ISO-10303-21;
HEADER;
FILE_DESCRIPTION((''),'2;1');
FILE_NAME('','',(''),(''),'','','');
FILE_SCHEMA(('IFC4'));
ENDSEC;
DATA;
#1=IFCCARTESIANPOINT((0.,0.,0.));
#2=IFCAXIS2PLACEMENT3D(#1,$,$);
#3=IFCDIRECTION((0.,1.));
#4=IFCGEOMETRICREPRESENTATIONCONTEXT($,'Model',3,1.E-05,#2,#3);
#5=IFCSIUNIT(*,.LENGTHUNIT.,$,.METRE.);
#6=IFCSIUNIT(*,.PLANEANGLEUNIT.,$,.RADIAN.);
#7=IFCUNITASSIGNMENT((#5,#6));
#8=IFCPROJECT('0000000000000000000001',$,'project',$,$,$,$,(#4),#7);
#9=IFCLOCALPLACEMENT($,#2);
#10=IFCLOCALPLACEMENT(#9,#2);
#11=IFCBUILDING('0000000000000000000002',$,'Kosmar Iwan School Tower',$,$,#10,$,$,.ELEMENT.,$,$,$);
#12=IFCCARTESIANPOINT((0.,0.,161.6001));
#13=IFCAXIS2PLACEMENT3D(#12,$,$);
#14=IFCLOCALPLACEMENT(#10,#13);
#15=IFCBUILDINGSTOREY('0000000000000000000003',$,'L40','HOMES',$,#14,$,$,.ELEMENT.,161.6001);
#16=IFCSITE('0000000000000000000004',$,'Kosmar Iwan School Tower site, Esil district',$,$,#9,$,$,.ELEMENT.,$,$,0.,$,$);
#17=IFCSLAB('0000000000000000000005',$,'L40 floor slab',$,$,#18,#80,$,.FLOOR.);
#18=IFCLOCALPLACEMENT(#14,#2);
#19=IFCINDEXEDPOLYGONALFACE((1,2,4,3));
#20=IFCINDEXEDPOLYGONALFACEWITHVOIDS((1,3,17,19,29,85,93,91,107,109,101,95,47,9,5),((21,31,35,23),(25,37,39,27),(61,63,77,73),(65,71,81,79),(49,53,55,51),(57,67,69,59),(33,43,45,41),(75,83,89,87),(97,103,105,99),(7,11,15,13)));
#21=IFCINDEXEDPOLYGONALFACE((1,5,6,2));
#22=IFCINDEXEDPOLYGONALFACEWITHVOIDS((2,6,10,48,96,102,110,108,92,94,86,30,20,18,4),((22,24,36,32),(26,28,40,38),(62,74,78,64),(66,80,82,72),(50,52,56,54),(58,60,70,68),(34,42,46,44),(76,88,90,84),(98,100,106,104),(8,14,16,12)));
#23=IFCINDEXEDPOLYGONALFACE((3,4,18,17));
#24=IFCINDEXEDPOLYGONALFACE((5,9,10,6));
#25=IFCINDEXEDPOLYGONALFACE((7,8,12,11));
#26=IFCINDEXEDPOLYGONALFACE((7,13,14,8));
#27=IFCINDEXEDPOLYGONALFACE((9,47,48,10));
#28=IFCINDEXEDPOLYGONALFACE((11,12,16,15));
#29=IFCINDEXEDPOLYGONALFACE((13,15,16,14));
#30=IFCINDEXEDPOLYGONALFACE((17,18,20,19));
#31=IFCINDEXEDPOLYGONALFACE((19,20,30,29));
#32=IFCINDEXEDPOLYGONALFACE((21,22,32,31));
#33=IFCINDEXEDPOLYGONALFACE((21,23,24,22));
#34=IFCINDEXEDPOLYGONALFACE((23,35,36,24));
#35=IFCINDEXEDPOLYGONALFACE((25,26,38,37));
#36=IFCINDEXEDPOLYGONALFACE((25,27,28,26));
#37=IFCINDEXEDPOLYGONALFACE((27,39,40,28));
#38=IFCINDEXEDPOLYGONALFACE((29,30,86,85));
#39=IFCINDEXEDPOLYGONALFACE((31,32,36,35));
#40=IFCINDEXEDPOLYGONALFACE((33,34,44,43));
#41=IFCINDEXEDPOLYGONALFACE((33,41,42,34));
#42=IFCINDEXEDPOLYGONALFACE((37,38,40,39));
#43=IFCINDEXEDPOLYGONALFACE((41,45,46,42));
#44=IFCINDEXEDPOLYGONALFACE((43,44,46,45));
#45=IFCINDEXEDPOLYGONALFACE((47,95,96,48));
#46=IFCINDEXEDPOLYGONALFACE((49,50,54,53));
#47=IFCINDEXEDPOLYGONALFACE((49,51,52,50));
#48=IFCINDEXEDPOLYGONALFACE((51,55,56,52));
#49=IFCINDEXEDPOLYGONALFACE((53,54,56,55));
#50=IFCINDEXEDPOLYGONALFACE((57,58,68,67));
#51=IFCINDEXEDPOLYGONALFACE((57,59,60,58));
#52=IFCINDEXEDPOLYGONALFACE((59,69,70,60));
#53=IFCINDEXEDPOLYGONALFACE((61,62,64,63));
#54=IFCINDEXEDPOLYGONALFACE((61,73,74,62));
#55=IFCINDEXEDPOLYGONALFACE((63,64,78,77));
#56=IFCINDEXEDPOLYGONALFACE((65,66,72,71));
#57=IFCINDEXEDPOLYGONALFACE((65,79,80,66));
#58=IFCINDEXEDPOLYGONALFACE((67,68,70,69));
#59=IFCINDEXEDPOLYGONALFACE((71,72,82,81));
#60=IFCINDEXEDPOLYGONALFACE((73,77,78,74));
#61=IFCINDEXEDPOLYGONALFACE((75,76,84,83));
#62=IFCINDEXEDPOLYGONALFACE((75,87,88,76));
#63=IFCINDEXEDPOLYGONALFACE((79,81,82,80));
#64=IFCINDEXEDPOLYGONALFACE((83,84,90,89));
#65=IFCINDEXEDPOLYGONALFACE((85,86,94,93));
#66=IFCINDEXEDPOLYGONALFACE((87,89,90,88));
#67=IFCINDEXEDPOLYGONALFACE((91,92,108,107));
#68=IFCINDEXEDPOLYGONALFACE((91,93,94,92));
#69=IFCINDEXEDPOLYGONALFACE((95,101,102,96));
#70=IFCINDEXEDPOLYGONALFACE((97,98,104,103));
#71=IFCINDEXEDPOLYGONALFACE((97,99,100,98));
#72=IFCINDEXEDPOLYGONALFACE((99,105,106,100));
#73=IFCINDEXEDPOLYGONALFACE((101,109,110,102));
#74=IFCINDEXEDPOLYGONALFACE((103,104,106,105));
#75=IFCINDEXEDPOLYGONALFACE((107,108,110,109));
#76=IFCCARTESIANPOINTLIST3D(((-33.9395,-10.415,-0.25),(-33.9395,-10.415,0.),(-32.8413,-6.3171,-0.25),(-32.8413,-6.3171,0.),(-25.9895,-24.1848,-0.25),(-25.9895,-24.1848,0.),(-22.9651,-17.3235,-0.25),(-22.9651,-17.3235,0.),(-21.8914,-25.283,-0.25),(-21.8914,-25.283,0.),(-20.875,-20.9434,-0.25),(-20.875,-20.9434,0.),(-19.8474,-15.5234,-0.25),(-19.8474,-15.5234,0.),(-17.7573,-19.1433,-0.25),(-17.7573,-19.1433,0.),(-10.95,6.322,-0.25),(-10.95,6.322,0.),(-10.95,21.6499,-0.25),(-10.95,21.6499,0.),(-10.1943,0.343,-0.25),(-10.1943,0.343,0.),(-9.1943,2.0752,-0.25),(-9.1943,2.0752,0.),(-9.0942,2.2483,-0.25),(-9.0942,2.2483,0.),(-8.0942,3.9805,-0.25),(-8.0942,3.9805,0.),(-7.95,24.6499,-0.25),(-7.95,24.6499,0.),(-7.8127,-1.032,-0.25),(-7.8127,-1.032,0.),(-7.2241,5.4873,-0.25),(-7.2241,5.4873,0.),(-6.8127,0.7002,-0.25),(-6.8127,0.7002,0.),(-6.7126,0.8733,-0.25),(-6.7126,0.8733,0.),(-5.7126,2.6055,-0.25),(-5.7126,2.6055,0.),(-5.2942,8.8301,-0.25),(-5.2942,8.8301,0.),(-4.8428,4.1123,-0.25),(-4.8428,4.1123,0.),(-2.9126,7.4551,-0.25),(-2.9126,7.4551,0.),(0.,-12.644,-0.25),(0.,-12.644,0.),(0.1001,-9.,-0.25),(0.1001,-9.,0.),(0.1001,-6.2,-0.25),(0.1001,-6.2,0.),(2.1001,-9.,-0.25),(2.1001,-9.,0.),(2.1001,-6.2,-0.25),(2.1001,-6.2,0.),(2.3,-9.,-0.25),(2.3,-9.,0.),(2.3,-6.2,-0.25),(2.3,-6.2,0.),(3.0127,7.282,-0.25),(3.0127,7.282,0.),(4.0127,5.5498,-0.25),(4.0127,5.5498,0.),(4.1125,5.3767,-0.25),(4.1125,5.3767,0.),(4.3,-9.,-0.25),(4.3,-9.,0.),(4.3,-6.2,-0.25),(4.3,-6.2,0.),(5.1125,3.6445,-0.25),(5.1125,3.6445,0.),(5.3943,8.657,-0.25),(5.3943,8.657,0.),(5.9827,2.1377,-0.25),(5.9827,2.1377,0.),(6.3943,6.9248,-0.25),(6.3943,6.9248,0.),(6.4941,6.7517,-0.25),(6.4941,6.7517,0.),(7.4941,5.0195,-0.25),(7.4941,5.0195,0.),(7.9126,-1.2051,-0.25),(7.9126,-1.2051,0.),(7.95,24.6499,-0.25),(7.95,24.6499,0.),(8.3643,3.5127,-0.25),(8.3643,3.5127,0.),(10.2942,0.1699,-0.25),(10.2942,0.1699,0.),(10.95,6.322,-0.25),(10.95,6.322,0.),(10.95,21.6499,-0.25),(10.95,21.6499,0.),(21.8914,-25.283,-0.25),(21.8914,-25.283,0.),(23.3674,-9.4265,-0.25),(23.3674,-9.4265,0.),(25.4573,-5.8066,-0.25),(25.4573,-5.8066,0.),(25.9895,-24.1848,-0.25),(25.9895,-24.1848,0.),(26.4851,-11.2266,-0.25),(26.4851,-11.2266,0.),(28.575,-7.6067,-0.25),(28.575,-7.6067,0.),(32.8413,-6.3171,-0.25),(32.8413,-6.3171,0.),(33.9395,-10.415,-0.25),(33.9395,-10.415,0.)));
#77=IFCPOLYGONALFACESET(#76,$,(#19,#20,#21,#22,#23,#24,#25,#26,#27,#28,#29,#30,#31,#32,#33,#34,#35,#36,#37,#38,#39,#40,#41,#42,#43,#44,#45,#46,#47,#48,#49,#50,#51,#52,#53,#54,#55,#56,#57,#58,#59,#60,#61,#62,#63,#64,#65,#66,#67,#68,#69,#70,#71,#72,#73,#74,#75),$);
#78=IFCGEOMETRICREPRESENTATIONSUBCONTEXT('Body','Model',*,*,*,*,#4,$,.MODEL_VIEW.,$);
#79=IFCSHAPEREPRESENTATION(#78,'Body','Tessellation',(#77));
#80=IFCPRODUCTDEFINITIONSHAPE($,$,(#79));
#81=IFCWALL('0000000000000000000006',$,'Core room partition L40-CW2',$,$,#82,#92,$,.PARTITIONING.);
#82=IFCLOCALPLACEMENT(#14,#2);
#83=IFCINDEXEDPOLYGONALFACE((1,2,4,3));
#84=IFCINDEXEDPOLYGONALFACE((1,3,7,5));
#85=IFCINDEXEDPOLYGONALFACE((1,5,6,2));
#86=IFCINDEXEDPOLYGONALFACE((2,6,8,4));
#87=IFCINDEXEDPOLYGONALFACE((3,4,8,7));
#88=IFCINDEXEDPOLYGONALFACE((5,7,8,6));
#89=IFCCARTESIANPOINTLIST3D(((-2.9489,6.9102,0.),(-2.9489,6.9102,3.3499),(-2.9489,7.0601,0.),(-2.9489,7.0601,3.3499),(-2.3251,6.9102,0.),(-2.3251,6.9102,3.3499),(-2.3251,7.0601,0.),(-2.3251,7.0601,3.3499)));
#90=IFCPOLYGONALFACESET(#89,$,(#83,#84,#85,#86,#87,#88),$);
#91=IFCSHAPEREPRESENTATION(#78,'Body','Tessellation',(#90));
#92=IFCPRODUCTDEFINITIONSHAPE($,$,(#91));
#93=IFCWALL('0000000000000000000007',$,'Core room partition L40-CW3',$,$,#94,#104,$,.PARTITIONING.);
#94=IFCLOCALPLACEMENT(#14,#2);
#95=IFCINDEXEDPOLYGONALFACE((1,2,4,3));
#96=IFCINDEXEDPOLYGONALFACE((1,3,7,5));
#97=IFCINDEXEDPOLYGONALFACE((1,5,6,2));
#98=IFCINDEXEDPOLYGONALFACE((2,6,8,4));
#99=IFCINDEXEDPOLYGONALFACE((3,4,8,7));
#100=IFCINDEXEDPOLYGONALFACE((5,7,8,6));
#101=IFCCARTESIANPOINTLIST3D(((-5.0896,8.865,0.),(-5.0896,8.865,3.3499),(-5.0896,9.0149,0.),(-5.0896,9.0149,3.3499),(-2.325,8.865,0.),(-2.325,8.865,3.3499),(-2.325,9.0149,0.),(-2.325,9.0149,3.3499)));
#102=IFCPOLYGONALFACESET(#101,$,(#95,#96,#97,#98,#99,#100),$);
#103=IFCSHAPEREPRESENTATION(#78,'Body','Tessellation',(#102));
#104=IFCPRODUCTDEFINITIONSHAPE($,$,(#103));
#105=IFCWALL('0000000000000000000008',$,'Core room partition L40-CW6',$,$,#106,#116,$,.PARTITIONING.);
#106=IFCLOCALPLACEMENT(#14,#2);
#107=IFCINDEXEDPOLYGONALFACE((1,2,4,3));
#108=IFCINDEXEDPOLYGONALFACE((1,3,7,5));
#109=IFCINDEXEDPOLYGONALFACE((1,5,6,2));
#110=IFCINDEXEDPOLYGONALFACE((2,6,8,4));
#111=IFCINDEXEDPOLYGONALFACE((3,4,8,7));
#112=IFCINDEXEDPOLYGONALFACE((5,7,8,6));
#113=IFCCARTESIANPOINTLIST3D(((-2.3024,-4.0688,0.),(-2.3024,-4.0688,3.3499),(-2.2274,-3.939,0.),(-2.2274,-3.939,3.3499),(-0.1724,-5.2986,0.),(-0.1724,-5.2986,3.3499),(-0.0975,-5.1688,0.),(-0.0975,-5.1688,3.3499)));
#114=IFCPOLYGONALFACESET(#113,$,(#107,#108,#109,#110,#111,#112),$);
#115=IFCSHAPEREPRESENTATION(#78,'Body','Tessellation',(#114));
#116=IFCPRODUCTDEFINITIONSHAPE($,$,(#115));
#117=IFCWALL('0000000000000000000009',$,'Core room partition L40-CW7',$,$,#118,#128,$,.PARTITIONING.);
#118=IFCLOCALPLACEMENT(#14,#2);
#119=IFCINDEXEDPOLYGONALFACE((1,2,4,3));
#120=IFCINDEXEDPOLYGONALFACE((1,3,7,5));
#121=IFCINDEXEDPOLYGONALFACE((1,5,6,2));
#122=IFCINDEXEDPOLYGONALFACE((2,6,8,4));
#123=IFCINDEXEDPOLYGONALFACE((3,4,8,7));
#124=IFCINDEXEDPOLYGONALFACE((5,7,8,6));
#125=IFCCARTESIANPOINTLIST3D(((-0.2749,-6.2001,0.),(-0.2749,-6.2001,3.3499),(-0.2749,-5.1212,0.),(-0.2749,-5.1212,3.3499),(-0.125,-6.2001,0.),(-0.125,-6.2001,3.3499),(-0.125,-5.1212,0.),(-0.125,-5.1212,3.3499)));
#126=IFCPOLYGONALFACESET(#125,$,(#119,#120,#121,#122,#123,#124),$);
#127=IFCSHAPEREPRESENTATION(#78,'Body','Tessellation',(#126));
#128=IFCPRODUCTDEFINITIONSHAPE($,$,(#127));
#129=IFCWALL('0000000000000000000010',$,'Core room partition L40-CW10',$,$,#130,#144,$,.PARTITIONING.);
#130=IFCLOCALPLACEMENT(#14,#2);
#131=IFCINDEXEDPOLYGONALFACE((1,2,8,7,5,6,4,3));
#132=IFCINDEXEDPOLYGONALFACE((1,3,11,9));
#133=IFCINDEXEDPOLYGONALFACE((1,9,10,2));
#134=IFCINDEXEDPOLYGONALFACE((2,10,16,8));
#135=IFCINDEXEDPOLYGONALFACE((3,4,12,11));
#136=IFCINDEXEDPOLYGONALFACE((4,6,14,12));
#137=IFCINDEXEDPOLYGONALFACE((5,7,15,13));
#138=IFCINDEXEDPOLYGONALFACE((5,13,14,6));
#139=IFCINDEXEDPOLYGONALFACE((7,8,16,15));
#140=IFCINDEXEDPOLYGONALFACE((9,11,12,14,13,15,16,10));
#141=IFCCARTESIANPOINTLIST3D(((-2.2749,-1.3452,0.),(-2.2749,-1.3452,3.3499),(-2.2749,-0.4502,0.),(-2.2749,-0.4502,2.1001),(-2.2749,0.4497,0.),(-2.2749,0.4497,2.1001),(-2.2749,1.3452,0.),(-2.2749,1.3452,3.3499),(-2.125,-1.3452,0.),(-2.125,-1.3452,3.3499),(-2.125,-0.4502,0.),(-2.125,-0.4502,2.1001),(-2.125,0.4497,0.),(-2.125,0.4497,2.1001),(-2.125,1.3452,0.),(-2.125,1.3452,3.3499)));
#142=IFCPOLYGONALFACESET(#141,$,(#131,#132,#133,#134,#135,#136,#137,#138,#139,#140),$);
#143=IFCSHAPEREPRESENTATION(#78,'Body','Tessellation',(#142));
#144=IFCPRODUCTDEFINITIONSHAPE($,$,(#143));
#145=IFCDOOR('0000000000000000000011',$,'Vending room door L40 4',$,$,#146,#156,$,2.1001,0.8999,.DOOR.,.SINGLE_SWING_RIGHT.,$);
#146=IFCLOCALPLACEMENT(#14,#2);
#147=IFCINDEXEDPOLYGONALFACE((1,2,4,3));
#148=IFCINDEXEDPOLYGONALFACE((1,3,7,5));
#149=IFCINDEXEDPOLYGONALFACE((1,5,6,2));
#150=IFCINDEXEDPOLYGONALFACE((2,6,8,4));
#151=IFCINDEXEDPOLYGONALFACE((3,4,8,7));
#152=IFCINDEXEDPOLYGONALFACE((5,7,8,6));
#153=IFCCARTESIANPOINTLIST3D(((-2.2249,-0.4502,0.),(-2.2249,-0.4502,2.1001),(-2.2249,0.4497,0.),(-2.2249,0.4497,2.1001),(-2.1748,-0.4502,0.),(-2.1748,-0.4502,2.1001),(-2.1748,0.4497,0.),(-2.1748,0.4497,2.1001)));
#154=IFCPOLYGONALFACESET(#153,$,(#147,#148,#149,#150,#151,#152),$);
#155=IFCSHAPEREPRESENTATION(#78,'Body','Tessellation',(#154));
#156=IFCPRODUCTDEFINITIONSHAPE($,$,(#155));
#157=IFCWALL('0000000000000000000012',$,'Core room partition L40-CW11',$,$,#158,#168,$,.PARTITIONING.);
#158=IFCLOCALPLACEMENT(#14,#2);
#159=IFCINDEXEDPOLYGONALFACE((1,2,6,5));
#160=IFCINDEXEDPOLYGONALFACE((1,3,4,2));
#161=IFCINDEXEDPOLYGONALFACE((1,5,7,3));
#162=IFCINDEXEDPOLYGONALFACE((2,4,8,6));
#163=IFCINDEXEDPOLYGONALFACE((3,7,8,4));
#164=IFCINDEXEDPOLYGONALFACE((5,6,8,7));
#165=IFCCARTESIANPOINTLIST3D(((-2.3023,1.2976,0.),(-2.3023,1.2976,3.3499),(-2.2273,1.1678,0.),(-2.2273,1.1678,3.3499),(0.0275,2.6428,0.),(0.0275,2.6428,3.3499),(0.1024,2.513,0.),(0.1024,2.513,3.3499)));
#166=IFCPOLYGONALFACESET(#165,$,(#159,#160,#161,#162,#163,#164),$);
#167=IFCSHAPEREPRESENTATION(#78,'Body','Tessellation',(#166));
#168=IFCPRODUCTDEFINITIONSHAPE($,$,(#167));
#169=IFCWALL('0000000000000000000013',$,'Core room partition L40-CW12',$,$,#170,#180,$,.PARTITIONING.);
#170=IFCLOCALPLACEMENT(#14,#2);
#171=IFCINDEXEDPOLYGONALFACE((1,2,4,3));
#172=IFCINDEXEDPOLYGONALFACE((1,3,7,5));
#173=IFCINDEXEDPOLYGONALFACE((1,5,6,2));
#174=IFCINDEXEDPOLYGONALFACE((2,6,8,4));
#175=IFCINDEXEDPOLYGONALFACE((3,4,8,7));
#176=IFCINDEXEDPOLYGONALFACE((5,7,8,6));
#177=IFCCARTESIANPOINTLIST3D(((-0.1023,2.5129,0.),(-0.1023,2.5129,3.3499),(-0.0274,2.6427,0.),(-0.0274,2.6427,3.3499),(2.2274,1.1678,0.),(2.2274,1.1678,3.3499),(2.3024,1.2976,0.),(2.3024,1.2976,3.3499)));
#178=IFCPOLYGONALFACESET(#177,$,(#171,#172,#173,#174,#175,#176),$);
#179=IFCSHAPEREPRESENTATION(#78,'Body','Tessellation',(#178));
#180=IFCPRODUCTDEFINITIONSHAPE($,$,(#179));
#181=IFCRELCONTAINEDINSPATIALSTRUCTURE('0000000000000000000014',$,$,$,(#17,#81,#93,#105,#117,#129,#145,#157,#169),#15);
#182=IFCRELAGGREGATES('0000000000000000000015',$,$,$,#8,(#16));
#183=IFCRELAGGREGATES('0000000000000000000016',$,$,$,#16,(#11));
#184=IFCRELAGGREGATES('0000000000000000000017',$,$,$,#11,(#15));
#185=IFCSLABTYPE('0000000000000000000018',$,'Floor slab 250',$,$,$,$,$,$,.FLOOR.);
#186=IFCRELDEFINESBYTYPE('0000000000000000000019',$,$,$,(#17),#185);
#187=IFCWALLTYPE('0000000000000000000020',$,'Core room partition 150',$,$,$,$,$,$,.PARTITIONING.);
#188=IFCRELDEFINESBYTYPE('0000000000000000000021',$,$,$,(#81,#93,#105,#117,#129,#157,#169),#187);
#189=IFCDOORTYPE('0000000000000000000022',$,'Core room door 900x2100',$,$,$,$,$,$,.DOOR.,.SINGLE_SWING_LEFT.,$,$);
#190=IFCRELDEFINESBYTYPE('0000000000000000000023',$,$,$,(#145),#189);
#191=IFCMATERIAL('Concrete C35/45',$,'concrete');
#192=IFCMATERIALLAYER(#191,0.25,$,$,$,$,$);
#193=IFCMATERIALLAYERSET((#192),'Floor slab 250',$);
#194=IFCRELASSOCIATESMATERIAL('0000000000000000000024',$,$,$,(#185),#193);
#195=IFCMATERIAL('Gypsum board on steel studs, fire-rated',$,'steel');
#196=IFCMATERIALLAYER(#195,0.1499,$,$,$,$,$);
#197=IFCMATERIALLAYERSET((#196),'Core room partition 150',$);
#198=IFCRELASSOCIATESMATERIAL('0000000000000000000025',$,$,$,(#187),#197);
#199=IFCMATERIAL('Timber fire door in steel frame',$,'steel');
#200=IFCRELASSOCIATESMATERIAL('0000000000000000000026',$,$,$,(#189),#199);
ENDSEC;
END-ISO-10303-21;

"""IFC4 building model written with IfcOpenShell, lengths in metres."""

from ifc_helpers import new_model, si_unit, direction, frame, frame_2d, origin, place, context, subcontext, project, spatial, polyline, rectangle, outline, extrude, material, layer, layer_set, type_object, element, fill, save


model = new_model("IFC4")

# Units and contexts
model_context = context("Model", 3, precision=1e-05, world=origin(), true_north=direction((0.0, 1.0)))
body_context = subcontext(model_context, "Body", "Model", "MODEL_VIEW")
ifc_project = project(units=[si_unit("LENGTHUNIT", "METRE"), si_unit("PLANEANGLEUNIT", "RADIAN")], contexts=[model_context])

# Site, building, storey
site_placement = place(None, origin())
site = spatial("IfcSite", under=ifc_project, at=site_placement, Name="Kosmar Iwan School Tower site, Esil district", CompositionType="ELEMENT", RefElevation=0.0)
building_placement = place(site_placement, origin())
building = spatial("IfcBuilding", under=site, at=building_placement, Name="Kosmar Iwan School Tower", CompositionType="ELEMENT")
storey_placement = place(building_placement, frame((0.0, 0.0, 161.6001)))
storey = spatial("IfcBuildingStorey", under=building, at=storey_placement, Name="L40", Description="HOMES", CompositionType="ELEMENT", Elevation=161.6001)

# Slab
ifc_material_1 = material(Name="Concrete C35/45", Category="concrete")
ifc_layer_1 = layer(ifc_material_1, 0.25)
ifc_layer_set_1 = layer_set([ifc_layer_1], Name="Floor slab 250")
slab_type = type_object("IfcSlabType", Name="Floor slab 250", PredefinedType="FLOOR", material=ifc_layer_set_1)
slab_placement = place(storey_placement, frame((0.0, 0.0, -0.25)))
element("IfcSlab", 1, at=slab_placement, inside=storey, type_object=slab_type, Name="L40 floor slab", PredefinedType="FLOOR", context=body_context, shape_type="SweptSolid", body=[
    extrude(outline(polyline([(-21.8914, -25.283), (0.0, -12.644), (21.8914, -25.283), (25.9895, -24.1848), (33.9395, -10.415), (32.8413, -6.3171), (10.95, 6.322), (10.95, 21.6499), (7.95, 24.6499), (-7.95, 24.6499), (-10.95, 21.6499), (-10.95, 6.322), (-32.8413, -6.3171), (-33.9395, -10.415), (-25.9895, -24.1848), (-21.8914, -25.283)]), holes=[polyline([(7.9126, -1.2051), (10.2942, 0.1699), (8.3643, 3.5127), (5.9827, 2.1377), (7.9126, -1.2051)]), polyline([(-2.9126, 7.4551), (-5.2942, 8.8301), (-7.2241, 5.4873), (-4.8428, 4.1123), (-2.9126, 7.4551)]), polyline([(-5.7126, 2.6055), (-8.0942, 3.9805), (-9.0942, 2.2483), (-6.7126, 0.8733), (-5.7126, 2.6055)]), polyline([(-6.8127, 0.7002), (-9.1943, 2.0752), (-10.1943, 0.343), (-7.8127, -1.032), (-6.8127, 0.7002)]), polyline([(5.1125, 3.6445), (7.4941, 5.0195), (6.4941, 6.7517), (4.1125, 5.3767), (5.1125, 3.6445)]), polyline([(4.0127, 5.5498), (6.3943, 6.9248), (5.3943, 8.657), (3.0127, 7.282), (4.0127, 5.5498)]), polyline([(0.1001, -6.2), (0.1001, -9.0), (2.1001, -9.0), (2.1001, -6.2), (0.1001, -6.2)]), polyline([(2.3, -6.2), (2.3, -9.0), (4.3, -9.0), (4.3, -6.2), (2.3, -6.2)]), polyline([(-19.8474, -15.5234), (-22.9651, -17.3235), (-20.875, -20.9434), (-17.7573, -19.1433), (-19.8474, -15.5234)]), polyline([(23.3674, -9.4265), (26.4851, -11.2266), (28.575, -7.6067), (25.4573, -5.8066), (23.3674, -9.4265)])]), origin(), (0.0, 0.0, 1.0), 0.25),
])

# Walls
ifc_material_2 = material(Name="Gypsum board on steel studs, fire-rated", Category="steel")
ifc_layer_2 = layer(ifc_material_2, 0.1499)
ifc_layer_set_2 = layer_set([ifc_layer_2], Name="Core room partition 150")
wall_type_1 = type_object("IfcWallType", Name="Core room partition 150", PredefinedType="PARTITIONING", material=ifc_layer_set_2)
wall_1_placement = place(storey_placement, frame((-2.325, 6.9851, 0.0), z_axis=(0.0, 0.0, 1.0), x_axis=(-1.0, 0.0, 0.0)))
element("IfcWall", 2, at=wall_1_placement, inside=storey, type_object=wall_type_1, Name="Core room partition L40-CW2", PredefinedType="PARTITIONING", context=body_context, shape_type="SweptSolid", body=[
    extrude(rectangle(XDim=0.6238, YDim=0.1499, at=frame_2d((0.312, 0.0))), origin(), (0.0, 0.0, 1.0), 3.3499),
])
wall_2_placement = place(storey_placement, frame((-5.0896, 8.9399, 0.0), z_axis=(0.0, 0.0, 1.0), x_axis=(1.0, 0.0, 0.0)))
element("IfcWall", 3, at=wall_2_placement, inside=storey, type_object=wall_type_1, Name="Core room partition L40-CW3", PredefinedType="PARTITIONING", context=body_context, shape_type="SweptSolid", body=[
    extrude(rectangle(XDim=2.7646, YDim=0.1499, at=frame_2d((1.3823, 0.0))), origin(), (0.0, 0.0, 1.0), 3.3499),
])
wall_3_placement = place(storey_placement, frame((-2.2649, -4.0039, 0.0), z_axis=(0.0, 0.0, 1.0), x_axis=(0.866017, -0.500015, 0.0)))
element("IfcWall", 4, at=wall_3_placement, inside=storey, type_object=wall_type_1, Name="Core room partition L40-CW6", PredefinedType="PARTITIONING", context=body_context, shape_type="SweptSolid", body=[
    extrude(rectangle(XDim=2.4595, YDim=0.1499, at=frame_2d((1.2297, 0.0))), origin(), (0.0, 0.0, 1.0), 3.3499),
])
wall_4_placement = place(storey_placement, frame((-0.2, -5.1211, 0.0), z_axis=(0.0, 0.0, 1.0), x_axis=(0.0, -1.0, 0.0)))
element("IfcWall", 5, at=wall_4_placement, inside=storey, type_object=wall_type_1, Name="Core room partition L40-CW7", PredefinedType="PARTITIONING", context=body_context, shape_type="SweptSolid", body=[
    extrude(rectangle(XDim=1.0789, YDim=0.1499, at=frame_2d((0.5396, 0.0))), origin(), (0.0, 0.0, 1.0), 3.3499),
])

# Wall, opening, door
wall_5_placement = place(storey_placement, frame((-2.2, -1.3452, 0.0), z_axis=(0.0, 0.0, 1.0), x_axis=(0.0, 1.0, 0.0)))
wall_5 = element("IfcWall", 6, at=wall_5_placement, inside=storey, type_object=wall_type_1, Name="Core room partition L40-CW10", PredefinedType="PARTITIONING", context=body_context, shape_type="SweptSolid", body=[
    extrude(rectangle(XDim=2.6904, YDim=0.1499, at=frame_2d((1.3452, 0.0))), origin(), (0.0, 0.0, 1.0), 3.3499),
])
opening_1_placement = place(wall_5_placement, frame((0.895, 0.0, 0.0)))
opening_1 = element("IfcOpeningElement", 7, at=opening_1_placement, cuts=wall_5, PredefinedType="OPENING", context=body_context, shape_type="SweptSolid", body=[
    extrude(rectangle(XDim=0.8999, YDim=2.1001, at=frame_2d((0.45, 1.05))), frame((0.0, 0.0869, 0.0), z_axis=(0.0, -1.0, 0.0), x_axis=(1.0, 0.0, 0.0)), (0.0, 0.0, 1.0), 0.1738),
])
ifc_material_3 = material(Name="Timber fire door in steel frame", Category="steel")
door_type_1 = type_object("IfcDoorType", Name="Core room door 900x2100", OperationType="SINGLE_SWING_LEFT", PredefinedType="DOOR", material=ifc_material_3)
door_1_placement = place(opening_1_placement, origin())
door_1 = element("IfcDoor", 8, at=door_1_placement, inside=storey, type_object=door_type_1, Name="Vending room door L40 4", OperationType="SINGLE_SWING_RIGHT", OverallHeight=2.1001, OverallWidth=0.8999, PredefinedType="DOOR", context=body_context, shape_type="SweptSolid", body=[
    extrude(rectangle(XDim=0.8999, YDim=2.1001, at=frame_2d((0.45, 1.05))), frame((0.0, 0.0249, 0.0), z_axis=(0.0, -1.0, 0.0), x_axis=(1.0, 0.0, 0.0)), (0.0, 0.0, 1.0), 0.05),
])
fill(opening_1, door_1)

# Walls
for number, where, z_axis, x_axis, name in (
    (9, (-2.2649, 1.2327, 0.0), (0.0, 0.0, 1.0), (0.866012, 0.500024, 0.0), "Core room partition L40-CW11"),
    (10, (-0.0649, 2.5779, 0.0), (0.0, 0.0, 1.0), (0.866012, -0.500024, 0.0), "Core room partition L40-CW12"),
):
    element("IfcWall", number, at=place(storey_placement, frame(where, z_axis=z_axis, x_axis=x_axis)), inside=storey, type_object=wall_type_1, Name=name, PredefinedType="PARTITIONING", context=body_context, shape_type="SweptSolid", body=[
        extrude(rectangle(XDim=2.6902, YDim=0.1499, at=frame_2d((1.3452, 0.0))), origin(), (0.0, 0.0, 1.0), 3.3499),
    ])

save(model, "model.ifc")
